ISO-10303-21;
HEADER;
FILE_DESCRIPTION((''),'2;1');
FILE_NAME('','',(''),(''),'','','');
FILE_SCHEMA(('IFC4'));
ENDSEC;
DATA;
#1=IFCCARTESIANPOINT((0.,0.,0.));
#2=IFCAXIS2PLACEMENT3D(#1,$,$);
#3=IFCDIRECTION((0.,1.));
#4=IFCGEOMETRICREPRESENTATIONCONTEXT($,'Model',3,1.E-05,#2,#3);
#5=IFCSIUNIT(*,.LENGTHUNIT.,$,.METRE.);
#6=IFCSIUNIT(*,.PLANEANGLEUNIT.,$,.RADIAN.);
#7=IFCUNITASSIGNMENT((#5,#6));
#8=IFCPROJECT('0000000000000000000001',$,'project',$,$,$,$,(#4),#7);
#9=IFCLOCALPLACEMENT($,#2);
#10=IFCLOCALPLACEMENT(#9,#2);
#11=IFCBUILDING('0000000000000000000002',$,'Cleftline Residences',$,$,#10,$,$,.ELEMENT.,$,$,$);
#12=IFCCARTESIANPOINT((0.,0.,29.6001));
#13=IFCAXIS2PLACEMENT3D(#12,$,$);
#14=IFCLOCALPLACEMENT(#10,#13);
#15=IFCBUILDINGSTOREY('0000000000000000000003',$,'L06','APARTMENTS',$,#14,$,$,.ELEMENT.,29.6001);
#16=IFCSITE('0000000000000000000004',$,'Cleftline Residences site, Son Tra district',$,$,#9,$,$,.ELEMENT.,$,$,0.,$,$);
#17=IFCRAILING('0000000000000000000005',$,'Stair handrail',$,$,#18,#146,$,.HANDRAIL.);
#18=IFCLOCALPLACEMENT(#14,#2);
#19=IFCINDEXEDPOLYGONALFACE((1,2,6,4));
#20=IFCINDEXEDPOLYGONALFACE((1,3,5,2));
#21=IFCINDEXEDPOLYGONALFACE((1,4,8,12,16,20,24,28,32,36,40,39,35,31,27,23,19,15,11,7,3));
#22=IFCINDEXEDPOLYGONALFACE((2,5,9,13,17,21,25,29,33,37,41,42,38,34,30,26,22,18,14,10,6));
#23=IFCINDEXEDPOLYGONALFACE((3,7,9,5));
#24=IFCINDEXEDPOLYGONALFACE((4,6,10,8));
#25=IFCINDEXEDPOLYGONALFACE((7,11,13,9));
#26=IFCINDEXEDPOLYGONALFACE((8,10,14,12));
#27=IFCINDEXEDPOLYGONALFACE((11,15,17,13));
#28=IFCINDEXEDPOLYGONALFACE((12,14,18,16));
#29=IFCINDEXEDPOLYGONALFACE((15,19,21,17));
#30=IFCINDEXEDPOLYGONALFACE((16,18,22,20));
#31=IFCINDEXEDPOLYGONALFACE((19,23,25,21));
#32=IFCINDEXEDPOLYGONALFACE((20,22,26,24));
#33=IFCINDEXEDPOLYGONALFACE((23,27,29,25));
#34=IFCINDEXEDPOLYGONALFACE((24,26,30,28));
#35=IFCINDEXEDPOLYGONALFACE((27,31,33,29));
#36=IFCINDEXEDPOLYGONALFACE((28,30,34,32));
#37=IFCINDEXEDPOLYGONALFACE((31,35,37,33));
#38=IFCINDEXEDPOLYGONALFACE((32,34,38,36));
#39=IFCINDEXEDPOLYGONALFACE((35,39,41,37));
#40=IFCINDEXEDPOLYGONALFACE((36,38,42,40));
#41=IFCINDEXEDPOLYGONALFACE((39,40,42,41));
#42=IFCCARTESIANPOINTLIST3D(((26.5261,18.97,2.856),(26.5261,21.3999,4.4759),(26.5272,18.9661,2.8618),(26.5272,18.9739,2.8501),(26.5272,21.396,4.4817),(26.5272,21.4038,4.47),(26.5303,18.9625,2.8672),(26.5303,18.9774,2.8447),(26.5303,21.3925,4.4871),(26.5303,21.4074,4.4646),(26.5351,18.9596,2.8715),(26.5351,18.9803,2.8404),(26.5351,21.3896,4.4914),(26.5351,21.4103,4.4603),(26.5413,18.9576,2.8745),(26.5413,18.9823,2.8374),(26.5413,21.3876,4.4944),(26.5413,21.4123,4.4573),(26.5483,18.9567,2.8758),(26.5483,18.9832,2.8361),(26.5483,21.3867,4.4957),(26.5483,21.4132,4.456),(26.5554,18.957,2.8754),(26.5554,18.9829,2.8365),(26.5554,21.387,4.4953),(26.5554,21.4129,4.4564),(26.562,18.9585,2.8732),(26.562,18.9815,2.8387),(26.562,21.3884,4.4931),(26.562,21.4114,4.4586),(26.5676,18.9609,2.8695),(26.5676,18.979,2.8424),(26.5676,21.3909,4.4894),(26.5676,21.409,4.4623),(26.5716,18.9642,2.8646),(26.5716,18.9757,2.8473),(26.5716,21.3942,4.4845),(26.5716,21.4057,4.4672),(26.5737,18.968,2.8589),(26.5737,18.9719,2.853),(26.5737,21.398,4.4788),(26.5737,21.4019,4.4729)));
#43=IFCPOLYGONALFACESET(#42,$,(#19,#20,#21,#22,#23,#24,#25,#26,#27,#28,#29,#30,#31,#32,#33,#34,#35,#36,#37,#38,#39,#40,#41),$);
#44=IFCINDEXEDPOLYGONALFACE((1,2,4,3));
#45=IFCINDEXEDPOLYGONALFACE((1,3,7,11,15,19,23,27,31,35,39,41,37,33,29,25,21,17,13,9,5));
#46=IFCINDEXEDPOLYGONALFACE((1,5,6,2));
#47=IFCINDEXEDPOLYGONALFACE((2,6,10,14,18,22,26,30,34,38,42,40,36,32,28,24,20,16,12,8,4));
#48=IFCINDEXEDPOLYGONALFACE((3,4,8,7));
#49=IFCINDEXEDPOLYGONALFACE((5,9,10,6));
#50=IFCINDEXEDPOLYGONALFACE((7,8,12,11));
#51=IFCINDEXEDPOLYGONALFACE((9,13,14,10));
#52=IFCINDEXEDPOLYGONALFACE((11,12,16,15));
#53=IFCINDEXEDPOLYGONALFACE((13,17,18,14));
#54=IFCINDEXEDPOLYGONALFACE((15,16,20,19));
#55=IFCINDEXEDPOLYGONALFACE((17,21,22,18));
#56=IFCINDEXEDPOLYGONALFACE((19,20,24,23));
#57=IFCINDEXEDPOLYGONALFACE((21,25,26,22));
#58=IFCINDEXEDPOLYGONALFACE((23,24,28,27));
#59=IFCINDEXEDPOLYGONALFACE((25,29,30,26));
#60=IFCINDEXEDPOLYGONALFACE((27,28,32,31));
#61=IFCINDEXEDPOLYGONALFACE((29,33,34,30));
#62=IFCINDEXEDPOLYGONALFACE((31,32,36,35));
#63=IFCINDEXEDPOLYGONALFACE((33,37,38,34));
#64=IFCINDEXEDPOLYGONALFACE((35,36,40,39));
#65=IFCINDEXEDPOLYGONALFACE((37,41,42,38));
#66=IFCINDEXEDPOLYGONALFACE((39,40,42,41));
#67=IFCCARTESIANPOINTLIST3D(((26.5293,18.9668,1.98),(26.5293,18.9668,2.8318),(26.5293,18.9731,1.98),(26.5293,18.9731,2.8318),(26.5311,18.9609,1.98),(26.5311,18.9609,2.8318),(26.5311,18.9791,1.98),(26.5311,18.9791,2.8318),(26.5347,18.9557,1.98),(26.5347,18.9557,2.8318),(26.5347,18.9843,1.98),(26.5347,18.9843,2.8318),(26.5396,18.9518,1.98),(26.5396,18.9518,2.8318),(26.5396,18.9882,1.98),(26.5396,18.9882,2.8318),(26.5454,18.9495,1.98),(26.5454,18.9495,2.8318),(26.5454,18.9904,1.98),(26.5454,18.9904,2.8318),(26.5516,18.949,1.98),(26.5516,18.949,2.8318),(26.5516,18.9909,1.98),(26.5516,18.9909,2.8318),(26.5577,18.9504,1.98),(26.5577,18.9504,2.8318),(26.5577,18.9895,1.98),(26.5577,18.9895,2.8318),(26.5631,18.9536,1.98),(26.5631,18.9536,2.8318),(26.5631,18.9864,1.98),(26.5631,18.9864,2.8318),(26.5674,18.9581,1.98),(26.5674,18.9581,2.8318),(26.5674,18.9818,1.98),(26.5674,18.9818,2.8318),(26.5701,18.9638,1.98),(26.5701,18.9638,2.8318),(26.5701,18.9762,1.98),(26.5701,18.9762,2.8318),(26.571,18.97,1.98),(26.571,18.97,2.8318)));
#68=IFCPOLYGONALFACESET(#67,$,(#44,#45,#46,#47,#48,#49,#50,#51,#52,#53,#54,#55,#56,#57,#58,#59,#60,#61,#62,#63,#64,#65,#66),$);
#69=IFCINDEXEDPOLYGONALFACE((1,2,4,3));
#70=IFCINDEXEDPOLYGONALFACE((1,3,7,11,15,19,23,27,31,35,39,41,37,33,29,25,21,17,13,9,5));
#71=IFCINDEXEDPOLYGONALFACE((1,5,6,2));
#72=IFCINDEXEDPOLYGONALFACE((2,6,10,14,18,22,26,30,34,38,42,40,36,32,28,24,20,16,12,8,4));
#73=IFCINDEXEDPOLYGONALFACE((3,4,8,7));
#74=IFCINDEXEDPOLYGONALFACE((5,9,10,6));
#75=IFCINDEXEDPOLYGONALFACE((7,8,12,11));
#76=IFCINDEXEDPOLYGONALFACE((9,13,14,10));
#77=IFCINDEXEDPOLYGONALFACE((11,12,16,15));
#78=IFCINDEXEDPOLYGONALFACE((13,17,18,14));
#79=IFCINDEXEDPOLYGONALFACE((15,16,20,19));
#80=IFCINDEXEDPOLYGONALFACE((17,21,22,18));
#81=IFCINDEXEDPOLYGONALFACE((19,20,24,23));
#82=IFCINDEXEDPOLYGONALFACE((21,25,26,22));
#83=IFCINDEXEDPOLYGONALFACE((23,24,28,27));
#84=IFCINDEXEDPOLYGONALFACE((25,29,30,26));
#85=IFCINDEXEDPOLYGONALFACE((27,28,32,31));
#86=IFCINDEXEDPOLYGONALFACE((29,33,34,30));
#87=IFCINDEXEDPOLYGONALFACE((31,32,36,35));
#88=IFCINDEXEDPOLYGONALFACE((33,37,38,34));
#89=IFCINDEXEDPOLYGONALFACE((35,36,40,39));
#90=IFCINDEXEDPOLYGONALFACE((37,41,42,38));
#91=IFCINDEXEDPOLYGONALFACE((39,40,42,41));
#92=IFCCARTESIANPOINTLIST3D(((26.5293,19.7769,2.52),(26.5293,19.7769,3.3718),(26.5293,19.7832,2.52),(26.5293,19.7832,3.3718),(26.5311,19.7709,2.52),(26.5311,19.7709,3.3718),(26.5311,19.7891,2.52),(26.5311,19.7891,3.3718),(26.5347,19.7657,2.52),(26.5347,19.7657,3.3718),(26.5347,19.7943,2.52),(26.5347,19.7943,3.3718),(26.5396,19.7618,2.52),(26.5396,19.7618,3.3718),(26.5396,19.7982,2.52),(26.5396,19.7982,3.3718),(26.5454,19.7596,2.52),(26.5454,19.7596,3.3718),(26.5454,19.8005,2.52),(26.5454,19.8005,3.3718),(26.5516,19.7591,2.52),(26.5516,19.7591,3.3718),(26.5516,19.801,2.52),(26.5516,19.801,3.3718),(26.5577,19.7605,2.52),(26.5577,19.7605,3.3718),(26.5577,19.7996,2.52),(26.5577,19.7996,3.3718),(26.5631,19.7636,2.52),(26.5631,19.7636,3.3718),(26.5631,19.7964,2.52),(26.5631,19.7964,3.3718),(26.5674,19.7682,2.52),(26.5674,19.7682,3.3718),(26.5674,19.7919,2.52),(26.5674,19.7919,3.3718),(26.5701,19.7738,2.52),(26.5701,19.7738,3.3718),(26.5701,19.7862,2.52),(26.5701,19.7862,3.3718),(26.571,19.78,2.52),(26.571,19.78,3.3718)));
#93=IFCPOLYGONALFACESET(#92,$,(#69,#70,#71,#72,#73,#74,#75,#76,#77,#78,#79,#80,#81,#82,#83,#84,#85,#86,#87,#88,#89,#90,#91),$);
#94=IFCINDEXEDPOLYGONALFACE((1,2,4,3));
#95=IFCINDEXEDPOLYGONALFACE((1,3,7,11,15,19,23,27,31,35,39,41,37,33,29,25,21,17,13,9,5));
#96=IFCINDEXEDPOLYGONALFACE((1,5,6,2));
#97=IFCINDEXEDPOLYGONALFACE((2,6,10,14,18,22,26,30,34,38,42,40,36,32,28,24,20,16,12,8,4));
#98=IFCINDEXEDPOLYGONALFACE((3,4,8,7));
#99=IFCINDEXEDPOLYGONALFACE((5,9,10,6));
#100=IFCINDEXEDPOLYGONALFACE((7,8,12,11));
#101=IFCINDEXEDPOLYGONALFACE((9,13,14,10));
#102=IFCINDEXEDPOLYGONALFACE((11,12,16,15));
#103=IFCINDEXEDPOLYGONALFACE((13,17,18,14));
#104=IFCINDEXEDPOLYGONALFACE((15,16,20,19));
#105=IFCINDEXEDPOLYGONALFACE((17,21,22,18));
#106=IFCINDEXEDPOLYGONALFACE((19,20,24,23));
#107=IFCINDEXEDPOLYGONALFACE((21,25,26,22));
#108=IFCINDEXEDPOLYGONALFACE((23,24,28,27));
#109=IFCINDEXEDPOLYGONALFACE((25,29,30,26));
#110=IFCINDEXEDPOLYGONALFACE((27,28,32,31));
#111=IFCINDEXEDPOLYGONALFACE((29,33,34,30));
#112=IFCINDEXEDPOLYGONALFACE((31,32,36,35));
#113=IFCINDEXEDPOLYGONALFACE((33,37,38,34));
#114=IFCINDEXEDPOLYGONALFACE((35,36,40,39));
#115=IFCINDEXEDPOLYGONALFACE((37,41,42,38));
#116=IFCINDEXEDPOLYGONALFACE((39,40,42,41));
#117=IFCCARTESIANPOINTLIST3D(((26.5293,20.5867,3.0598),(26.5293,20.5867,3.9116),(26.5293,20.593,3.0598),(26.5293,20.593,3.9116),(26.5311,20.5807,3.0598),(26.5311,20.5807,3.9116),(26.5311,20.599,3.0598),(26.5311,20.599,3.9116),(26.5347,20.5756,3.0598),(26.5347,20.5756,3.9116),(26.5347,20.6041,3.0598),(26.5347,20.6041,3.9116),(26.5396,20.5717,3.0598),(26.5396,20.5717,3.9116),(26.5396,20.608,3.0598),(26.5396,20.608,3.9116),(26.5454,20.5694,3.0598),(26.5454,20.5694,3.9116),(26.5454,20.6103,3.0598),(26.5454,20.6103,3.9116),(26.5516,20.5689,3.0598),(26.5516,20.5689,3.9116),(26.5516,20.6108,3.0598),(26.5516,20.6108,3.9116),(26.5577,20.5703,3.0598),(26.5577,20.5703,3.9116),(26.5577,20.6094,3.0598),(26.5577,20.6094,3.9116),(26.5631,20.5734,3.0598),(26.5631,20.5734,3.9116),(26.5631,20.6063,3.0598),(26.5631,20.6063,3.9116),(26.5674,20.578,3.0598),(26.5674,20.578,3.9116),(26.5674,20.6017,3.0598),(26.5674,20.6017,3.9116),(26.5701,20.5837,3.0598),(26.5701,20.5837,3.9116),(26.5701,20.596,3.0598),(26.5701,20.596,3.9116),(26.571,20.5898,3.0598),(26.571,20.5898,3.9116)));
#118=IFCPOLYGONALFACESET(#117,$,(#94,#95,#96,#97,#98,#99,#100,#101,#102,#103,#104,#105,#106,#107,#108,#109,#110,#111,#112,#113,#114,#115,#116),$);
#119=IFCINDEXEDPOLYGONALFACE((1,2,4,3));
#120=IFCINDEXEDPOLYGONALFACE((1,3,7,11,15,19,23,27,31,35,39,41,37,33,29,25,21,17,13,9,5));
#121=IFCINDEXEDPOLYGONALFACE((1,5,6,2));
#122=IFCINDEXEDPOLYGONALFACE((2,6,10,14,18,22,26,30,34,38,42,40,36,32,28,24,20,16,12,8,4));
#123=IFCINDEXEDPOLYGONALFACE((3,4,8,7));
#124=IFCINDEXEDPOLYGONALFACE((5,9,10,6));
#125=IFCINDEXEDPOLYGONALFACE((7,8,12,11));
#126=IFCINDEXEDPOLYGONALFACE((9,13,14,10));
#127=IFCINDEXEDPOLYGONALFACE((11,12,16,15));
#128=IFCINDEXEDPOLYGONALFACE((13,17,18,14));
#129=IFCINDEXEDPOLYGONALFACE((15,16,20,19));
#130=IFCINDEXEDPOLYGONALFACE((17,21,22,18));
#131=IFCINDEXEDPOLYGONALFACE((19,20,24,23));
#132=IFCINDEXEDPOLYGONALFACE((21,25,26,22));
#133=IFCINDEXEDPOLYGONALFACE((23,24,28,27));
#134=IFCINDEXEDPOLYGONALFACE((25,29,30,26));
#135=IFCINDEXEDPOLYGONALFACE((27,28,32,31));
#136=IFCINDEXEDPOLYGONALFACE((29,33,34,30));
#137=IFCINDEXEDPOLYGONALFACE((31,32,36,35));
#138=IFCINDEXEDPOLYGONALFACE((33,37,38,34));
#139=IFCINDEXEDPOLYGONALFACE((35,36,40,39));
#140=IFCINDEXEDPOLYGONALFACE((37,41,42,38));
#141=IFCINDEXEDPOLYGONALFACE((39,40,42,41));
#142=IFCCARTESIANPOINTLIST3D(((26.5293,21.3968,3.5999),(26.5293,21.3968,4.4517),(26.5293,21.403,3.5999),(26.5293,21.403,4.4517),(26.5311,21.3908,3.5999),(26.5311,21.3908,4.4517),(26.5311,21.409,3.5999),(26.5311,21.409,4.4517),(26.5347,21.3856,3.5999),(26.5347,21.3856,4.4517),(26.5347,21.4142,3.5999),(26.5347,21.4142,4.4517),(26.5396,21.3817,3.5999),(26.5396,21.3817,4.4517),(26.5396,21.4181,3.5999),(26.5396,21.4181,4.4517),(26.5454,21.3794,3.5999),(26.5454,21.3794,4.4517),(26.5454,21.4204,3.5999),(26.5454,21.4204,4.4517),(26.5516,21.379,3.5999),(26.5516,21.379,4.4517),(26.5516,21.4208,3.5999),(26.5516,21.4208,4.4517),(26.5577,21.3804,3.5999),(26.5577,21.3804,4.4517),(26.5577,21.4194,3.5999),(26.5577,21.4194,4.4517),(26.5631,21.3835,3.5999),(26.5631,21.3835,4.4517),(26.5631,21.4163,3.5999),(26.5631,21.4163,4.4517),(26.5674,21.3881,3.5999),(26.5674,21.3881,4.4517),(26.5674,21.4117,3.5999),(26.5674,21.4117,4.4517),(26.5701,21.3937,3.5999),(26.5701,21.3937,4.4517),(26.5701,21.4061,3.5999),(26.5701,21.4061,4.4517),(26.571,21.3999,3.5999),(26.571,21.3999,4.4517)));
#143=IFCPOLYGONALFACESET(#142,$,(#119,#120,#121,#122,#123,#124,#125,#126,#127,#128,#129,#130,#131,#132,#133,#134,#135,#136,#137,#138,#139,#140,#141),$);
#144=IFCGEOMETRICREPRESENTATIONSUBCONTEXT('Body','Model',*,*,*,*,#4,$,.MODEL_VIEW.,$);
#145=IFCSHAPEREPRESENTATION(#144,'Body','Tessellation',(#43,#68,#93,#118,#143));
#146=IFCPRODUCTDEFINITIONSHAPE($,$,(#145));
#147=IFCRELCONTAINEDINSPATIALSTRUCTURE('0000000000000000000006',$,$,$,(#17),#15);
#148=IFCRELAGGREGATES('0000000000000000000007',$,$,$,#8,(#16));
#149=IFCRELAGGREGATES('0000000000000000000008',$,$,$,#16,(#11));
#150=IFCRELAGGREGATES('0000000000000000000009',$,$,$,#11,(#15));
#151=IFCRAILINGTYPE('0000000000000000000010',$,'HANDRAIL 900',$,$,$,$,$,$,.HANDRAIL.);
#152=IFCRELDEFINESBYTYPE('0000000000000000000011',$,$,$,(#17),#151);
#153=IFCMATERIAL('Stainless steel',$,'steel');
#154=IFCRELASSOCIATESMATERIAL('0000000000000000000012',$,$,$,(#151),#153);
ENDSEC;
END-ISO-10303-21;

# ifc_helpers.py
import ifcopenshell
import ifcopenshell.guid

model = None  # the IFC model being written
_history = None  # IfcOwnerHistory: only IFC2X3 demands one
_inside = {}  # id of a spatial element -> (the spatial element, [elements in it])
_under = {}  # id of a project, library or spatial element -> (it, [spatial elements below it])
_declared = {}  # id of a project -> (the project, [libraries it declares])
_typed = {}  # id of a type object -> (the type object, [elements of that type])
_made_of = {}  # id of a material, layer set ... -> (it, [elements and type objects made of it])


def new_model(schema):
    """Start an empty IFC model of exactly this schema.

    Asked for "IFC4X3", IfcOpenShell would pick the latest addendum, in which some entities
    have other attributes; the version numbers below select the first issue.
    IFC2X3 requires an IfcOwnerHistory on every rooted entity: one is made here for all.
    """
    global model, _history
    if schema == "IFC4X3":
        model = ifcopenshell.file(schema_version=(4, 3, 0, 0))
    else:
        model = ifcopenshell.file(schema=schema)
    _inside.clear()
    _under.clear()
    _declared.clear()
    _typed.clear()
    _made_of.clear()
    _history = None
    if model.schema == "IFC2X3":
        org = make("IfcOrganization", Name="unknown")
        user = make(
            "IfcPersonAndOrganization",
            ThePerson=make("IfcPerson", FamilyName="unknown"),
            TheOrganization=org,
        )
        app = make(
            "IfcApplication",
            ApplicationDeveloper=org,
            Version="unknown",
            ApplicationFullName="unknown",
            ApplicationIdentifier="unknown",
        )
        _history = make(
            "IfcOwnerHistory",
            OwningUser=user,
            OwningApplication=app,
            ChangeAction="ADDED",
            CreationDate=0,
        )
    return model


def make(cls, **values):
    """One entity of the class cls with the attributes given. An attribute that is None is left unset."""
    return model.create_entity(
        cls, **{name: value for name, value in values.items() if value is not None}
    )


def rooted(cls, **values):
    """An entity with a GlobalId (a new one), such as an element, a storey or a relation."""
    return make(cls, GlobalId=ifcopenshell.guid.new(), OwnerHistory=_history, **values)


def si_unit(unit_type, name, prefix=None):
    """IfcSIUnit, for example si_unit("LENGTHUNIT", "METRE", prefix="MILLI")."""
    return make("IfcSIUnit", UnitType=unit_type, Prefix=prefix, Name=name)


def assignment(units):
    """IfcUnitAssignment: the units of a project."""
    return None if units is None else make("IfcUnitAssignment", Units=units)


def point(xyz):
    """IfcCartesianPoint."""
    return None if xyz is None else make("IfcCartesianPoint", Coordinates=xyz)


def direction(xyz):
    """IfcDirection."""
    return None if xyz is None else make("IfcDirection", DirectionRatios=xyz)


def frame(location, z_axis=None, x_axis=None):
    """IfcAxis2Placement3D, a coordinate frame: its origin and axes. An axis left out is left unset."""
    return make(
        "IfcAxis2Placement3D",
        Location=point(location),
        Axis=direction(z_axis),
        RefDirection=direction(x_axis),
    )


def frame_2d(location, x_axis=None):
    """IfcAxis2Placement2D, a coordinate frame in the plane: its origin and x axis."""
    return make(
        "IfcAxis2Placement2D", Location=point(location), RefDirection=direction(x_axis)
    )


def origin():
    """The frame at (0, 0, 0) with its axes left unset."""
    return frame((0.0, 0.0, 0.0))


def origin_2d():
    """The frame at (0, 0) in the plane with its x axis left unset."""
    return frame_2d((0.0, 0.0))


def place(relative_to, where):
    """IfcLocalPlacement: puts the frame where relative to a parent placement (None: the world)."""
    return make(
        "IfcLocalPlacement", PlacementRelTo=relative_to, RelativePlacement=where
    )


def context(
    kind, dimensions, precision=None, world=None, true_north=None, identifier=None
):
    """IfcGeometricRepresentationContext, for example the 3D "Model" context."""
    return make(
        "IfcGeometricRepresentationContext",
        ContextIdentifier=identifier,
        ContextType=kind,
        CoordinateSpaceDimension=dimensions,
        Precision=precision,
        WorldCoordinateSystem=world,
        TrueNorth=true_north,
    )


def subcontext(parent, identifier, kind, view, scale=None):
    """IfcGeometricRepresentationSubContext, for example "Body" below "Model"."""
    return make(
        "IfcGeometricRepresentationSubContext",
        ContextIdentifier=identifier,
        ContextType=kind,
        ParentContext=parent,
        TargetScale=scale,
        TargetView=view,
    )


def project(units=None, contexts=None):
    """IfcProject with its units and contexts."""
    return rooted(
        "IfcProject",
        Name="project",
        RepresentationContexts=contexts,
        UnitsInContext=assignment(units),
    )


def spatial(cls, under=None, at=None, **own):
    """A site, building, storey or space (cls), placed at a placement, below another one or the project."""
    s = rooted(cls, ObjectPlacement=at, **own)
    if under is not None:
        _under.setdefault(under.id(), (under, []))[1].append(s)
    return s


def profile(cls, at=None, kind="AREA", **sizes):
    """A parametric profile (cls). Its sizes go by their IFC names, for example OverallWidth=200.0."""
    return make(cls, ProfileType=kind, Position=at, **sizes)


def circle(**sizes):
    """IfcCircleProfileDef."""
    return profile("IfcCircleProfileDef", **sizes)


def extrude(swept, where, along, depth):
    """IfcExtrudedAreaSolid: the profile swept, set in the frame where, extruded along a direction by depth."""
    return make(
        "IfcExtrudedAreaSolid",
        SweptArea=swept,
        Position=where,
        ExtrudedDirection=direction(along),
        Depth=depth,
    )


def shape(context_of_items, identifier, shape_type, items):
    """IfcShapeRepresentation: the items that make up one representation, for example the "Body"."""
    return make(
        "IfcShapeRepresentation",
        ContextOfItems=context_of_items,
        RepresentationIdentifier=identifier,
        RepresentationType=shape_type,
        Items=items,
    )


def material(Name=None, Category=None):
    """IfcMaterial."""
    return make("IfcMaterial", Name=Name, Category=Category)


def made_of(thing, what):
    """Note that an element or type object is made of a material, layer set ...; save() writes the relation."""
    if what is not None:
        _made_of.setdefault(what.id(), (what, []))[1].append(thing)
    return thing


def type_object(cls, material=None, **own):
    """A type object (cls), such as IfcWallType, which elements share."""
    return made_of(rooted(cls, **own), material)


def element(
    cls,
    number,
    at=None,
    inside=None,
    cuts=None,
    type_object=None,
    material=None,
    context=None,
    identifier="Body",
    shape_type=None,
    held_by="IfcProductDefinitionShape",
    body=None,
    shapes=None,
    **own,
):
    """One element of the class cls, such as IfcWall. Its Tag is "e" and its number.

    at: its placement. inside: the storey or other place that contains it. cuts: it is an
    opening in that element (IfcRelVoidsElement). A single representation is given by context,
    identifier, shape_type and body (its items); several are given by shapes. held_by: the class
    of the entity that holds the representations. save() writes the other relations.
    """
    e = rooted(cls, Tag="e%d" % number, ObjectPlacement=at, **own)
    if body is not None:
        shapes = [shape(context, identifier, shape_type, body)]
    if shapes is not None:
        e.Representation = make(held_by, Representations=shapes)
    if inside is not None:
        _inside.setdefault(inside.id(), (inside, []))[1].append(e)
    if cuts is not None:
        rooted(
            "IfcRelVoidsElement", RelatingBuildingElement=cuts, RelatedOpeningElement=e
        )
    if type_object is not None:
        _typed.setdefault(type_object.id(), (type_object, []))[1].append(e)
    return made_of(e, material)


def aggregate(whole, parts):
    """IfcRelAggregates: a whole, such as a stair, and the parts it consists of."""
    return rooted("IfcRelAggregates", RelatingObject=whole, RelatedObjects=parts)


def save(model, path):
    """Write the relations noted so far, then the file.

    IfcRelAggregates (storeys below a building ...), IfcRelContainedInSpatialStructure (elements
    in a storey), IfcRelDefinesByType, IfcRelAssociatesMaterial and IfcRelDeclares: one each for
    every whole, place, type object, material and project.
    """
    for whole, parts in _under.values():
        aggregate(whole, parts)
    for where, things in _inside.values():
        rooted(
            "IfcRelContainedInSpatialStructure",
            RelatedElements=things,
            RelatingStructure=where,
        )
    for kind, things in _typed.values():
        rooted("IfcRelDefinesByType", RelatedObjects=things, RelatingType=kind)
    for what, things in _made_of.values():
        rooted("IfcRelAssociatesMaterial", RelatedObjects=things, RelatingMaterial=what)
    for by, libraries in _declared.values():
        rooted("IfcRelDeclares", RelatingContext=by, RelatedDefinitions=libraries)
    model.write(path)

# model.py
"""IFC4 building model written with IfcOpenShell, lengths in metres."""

from ifc_helpers import new_model, si_unit, direction, frame, origin, origin_2d, place, context, subcontext, project, spatial, circle, extrude, material, type_object, element, save


model = new_model("IFC4")

# Units and contexts
model_context = context("Model", 3, precision=1e-05, world=origin(), true_north=direction((0.0, 1.0)))
body_context = subcontext(model_context, "Body", "Model", "MODEL_VIEW")
ifc_project = project(units=[si_unit("LENGTHUNIT", "METRE"), si_unit("PLANEANGLEUNIT", "RADIAN")], contexts=[model_context])

# Site, building, storey
site_placement = place(None, origin())
site = spatial("IfcSite", under=ifc_project, at=site_placement, Name="Cleftline Residences site, Son Tra district", CompositionType="ELEMENT", RefElevation=0.0)
building_placement = place(site_placement, origin())
building = spatial("IfcBuilding", under=site, at=building_placement, Name="Cleftline Residences", CompositionType="ELEMENT")
storey_placement = place(building_placement, frame((0.0, 0.0, 29.6001)))
storey = spatial("IfcBuildingStorey", under=building, at=storey_placement, Name="L06", Description="APARTMENTS", CompositionType="ELEMENT", Elevation=29.6001)

# Railing
ifc_material_1 = material(Name="Stainless steel", Category="steel")
railing_type = type_object("IfcRailingType", Name="HANDRAIL 900", PredefinedType="HANDRAIL", material=ifc_material_1)
railing_1_placement = place(storey_placement, frame((26.55, 18.97, 1.98)))
element("IfcRailing", 1, at=railing_1_placement, inside=storey, type_object=railing_type, Name="Stair handrail", PredefinedType="HANDRAIL", context=body_context, shape_type="SweptSolid", body=[
    extrude(circle(Radius=0.0239, at=origin_2d()), frame((0.0, 0.0, 0.876), z_axis=(0.0, 0.832063, 0.554681), x_axis=(-1.0, 0.0, 0.0)), (0.0, 0.0, 1.0), 2.9204),
    extrude(circle(Radius=0.021, at=origin_2d()), origin(), (0.0, 0.0, 1.0), 0.8518),
    extrude(circle(Radius=0.021, at=origin_2d()), frame((0.0, 0.8101, 0.54)), (0.0, 0.0, 1.0), 0.8518),
    extrude(circle(Radius=0.021, at=origin_2d()), frame((0.0, 1.6199, 1.0798)), (0.0, 0.0, 1.0), 0.8518),
    extrude(circle(Radius=0.021, at=origin_2d()), frame((0.0, 2.4299, 1.6199)), (0.0, 0.0, 1.0), 0.8518),
])

save(model, "model.ifc")
